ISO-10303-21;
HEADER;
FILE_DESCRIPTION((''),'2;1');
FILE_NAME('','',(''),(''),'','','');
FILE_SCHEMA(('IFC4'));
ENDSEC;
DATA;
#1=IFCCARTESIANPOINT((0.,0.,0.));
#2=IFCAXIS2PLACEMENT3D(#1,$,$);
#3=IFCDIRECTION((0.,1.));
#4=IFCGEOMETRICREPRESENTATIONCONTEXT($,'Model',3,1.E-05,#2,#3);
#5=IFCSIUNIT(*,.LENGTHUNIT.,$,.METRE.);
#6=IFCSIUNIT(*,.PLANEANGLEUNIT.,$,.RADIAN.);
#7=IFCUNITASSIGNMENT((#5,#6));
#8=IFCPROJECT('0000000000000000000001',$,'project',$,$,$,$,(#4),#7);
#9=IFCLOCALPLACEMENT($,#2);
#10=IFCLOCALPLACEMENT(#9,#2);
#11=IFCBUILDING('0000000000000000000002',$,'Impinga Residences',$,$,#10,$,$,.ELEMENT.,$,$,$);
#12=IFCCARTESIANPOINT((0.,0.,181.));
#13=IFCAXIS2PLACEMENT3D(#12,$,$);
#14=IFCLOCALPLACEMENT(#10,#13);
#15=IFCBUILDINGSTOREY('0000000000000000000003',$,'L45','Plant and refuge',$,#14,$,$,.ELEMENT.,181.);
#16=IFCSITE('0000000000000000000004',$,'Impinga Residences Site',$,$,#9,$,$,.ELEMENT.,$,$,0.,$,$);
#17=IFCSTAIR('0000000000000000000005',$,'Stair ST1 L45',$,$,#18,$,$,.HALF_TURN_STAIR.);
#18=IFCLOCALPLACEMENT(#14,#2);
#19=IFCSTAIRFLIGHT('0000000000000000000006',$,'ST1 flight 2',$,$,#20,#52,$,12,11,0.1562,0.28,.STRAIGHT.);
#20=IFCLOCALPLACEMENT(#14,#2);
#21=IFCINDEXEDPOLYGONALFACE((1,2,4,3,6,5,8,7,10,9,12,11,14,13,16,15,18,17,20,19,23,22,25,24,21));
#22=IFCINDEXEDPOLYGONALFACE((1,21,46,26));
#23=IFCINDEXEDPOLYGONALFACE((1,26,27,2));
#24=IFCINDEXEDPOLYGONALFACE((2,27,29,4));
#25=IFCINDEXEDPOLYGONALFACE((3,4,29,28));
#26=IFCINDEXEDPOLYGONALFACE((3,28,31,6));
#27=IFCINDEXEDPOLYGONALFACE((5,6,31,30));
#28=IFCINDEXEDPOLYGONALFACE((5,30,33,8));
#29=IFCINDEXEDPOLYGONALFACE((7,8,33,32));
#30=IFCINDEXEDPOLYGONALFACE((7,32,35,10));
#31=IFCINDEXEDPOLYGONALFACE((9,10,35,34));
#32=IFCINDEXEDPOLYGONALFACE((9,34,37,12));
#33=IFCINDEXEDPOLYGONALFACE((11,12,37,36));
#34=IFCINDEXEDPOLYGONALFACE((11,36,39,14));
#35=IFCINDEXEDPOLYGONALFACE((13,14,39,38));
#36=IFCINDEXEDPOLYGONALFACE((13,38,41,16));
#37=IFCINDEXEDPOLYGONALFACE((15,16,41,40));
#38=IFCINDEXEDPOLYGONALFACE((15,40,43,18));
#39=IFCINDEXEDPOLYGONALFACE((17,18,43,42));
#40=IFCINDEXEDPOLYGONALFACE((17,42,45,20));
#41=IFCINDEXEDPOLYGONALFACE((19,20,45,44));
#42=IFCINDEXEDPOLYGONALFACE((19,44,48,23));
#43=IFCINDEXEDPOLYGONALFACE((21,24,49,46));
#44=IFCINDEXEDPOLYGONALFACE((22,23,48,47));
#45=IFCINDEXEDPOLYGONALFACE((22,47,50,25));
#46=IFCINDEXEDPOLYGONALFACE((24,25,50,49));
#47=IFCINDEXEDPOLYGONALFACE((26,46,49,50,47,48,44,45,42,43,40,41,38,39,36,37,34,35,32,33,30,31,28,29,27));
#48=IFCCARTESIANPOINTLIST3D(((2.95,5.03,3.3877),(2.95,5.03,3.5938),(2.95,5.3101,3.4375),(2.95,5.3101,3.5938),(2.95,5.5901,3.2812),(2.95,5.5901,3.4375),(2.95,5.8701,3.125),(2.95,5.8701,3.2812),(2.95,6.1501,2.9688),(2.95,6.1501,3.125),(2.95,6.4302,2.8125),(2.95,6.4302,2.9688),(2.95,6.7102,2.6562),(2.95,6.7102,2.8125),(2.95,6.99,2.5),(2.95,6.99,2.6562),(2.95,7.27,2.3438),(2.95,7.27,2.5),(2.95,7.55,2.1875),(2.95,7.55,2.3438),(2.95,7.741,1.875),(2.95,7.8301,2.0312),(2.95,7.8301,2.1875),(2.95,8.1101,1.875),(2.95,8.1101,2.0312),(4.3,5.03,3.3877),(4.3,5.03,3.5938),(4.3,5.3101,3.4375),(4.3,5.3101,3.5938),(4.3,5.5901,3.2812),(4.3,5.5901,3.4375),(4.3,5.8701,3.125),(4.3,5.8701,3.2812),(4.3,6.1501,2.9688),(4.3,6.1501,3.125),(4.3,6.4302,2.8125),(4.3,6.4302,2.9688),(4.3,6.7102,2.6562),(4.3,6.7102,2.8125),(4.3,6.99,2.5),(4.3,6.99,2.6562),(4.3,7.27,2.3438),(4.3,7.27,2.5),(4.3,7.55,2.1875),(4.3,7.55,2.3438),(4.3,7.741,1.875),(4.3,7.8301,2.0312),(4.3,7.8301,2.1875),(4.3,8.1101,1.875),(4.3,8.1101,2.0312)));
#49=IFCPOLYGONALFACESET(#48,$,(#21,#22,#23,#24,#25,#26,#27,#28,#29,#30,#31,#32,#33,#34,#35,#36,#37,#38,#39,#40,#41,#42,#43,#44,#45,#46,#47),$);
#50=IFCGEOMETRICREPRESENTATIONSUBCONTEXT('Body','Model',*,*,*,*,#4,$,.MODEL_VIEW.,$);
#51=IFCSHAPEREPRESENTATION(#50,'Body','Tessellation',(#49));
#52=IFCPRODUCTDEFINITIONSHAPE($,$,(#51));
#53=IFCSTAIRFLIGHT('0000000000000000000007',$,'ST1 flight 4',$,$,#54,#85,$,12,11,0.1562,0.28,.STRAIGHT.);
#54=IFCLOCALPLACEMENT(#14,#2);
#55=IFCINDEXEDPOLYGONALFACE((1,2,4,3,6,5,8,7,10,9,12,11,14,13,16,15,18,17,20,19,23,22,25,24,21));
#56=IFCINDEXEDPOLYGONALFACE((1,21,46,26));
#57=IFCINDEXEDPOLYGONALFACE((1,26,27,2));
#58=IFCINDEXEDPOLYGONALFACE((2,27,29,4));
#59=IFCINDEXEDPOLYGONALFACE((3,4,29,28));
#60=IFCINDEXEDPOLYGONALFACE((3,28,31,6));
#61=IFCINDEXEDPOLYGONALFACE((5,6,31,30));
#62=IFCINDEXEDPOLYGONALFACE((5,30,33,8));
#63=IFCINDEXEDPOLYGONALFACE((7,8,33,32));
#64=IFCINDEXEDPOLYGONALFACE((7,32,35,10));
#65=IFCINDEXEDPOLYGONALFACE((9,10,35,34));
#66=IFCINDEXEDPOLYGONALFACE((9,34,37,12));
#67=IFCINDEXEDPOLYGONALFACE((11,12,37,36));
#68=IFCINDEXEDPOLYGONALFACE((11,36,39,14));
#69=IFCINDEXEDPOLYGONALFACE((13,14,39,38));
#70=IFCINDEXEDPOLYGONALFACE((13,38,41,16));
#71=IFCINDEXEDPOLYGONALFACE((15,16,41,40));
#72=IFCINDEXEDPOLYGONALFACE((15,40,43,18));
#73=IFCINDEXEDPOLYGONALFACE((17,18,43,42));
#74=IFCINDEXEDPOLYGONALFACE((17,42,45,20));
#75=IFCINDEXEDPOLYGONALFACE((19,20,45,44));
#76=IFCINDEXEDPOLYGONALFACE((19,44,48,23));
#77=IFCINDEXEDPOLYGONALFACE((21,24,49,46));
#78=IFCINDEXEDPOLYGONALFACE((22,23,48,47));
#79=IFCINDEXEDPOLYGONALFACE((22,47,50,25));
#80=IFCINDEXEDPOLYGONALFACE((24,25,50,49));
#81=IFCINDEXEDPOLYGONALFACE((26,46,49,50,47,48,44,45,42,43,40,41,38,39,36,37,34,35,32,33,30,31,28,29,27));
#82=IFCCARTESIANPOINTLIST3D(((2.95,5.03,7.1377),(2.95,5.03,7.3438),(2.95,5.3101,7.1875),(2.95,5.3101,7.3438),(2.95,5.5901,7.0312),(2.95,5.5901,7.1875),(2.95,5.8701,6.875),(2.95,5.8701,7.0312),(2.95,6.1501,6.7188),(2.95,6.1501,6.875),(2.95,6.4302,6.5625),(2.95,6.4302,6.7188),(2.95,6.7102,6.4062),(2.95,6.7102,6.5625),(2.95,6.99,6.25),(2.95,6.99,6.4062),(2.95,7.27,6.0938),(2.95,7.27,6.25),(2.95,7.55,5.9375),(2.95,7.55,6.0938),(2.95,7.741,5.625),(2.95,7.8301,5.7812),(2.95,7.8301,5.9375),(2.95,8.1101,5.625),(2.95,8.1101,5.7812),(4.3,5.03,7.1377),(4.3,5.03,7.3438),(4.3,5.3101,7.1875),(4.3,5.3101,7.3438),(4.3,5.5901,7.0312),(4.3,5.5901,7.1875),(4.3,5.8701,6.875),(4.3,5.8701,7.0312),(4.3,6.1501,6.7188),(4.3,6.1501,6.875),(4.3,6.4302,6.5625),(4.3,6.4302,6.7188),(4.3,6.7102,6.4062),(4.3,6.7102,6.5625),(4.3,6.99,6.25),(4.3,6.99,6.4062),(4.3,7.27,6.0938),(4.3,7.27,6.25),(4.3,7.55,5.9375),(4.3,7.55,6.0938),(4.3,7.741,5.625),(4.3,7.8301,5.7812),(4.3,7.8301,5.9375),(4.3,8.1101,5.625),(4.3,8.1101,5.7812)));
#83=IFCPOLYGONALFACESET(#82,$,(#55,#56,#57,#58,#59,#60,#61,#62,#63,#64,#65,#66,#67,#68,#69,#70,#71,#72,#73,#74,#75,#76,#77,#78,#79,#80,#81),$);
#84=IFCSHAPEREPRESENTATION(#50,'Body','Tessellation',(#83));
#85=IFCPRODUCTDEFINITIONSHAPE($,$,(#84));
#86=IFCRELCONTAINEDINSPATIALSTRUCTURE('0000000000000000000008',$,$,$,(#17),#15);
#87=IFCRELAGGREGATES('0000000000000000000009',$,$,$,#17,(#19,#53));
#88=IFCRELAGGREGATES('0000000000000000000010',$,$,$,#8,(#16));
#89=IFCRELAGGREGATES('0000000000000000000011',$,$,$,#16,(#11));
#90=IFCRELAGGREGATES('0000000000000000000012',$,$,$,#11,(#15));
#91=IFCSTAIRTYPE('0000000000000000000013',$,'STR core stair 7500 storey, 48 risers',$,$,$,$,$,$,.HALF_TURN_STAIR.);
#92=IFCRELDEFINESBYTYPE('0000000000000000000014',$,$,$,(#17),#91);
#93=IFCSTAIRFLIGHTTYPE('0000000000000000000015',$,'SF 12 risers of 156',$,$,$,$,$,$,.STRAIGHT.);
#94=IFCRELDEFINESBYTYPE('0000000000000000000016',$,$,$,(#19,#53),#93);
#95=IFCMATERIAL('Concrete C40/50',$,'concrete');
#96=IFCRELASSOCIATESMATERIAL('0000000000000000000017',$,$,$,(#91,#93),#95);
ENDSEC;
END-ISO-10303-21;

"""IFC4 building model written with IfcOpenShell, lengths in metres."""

from ifc_helpers import new_model, si_unit, direction, frame, origin, place, context, subcontext, project, spatial, polyline, outline, extrude, material, type_object, element, aggregate, save


model = new_model("IFC4")

# Units and contexts
model_context = context("Model", 3, precision=1e-05, world=origin(), true_north=direction((0.0, 1.0)))
body_context = subcontext(model_context, "Body", "Model", "MODEL_VIEW")
ifc_project = project(units=[si_unit("LENGTHUNIT", "METRE"), si_unit("PLANEANGLEUNIT", "RADIAN")], contexts=[model_context])

# Site, building, storey
site_placement = place(None, origin())
site = spatial("IfcSite", under=ifc_project, at=site_placement, Name="Impinga Residences Site", CompositionType="ELEMENT", RefElevation=0.0)
building_placement = place(site_placement, origin())
building = spatial("IfcBuilding", under=site, at=building_placement, Name="Impinga Residences", CompositionType="ELEMENT")
storey_placement = place(building_placement, frame((0.0, 0.0, 181.0)))
storey = spatial("IfcBuildingStorey", under=building, at=storey_placement, Name="L45", Description="Plant and refuge", CompositionType="ELEMENT", Elevation=181.0)

# Stair, stair flights
ifc_material_1 = material(Name="Concrete C40/50", Category="concrete")
stair_type = type_object("IfcStairType", Name="STR core stair 7500 storey, 48 risers", PredefinedType="HALF_TURN_STAIR", material=ifc_material_1)
stair_placement = place(storey_placement, origin())
stair = element("IfcStair", 1, at=stair_placement, inside=storey, type_object=stair_type, Name="Stair ST1 L45", PredefinedType="HALF_TURN_STAIR")
stair_flight_type = type_object("IfcStairFlightType", Name="SF 12 risers of 156", PredefinedType="STRAIGHT", material=ifc_material_1)
stair_flight_1_placement = place(storey_placement, frame((3.625, 8.1101, 1.875), z_axis=(0.0, 0.0, 1.0), x_axis=(0.0, -1.0, 0.0)))
stair_flight_1 = element("IfcStairFlight", 2, at=stair_flight_1_placement, type_object=stair_flight_type, Name="ST1 flight 2", NumberOfRisers=12, NumberOfTreads=11, PredefinedType="STRAIGHT", RiserHeight=0.1562, TreadLength=0.28, context=body_context, shape_type="SweptSolid", body=[
    extrude(outline(polyline([(0.0, 0.0), (0.0, 0.1562), (0.28, 0.1562), (0.28, 0.3125), (0.5601, 0.3125), (0.5601, 0.4688), (0.8401, 0.4688), (0.8401, 0.625), (1.1201, 0.625), (1.1201, 0.7812), (1.3999, 0.7812), (1.3999, 0.9375), (1.6799, 0.9375), (1.6799, 1.0938), (1.96, 1.0938), (1.96, 1.25), (2.24, 1.25), (2.24, 1.4062), (2.52, 1.4062), (2.52, 1.5625), (2.8, 1.5625), (2.8, 1.7188), (3.0801, 1.7188), (3.0801, 1.875), (3.0801, 1.5127), (0.3691, 0.0), (0.0, 0.0)])), frame((0.0, 0.675, 0.0), z_axis=(0.0, -1.0, 0.0), x_axis=(1.0, 0.0, 0.0)), (0.0, 0.0, 1.0), 1.3501),
])
stair_flight_2_placement = place(storey_placement, frame((3.625, 8.1101, 5.625), z_axis=(0.0, 0.0, 1.0), x_axis=(0.0, -1.0, 0.0)))
stair_flight_2 = element("IfcStairFlight", 3, at=stair_flight_2_placement, type_object=stair_flight_type, Name="ST1 flight 4", NumberOfRisers=12, NumberOfTreads=11, PredefinedType="STRAIGHT", RiserHeight=0.1562, TreadLength=0.28, context=body_context, shape_type="SweptSolid", body=[
    extrude(outline(polyline([(0.0, 0.0), (0.0, 0.1562), (0.28, 0.1562), (0.28, 0.3125), (0.5601, 0.3125), (0.5601, 0.4688), (0.8401, 0.4688), (0.8401, 0.625), (1.1201, 0.625), (1.1201, 0.7812), (1.3999, 0.7812), (1.3999, 0.9375), (1.6799, 0.9375), (1.6799, 1.0938), (1.96, 1.0938), (1.96, 1.25), (2.24, 1.25), (2.24, 1.4062), (2.52, 1.4062), (2.52, 1.5625), (2.8, 1.5625), (2.8, 1.7188), (3.0801, 1.7188), (3.0801, 1.875), (3.0801, 1.5127), (0.3691, 0.0), (0.0, 0.0)])), frame((0.0, 0.675, 0.0), z_axis=(0.0, -1.0, 0.0), x_axis=(1.0, 0.0, 0.0)), (0.0, 0.0, 1.0), 1.3501),
])
aggregate(stair, [stair_flight_1, stair_flight_2])

save(model, "model.ifc")
